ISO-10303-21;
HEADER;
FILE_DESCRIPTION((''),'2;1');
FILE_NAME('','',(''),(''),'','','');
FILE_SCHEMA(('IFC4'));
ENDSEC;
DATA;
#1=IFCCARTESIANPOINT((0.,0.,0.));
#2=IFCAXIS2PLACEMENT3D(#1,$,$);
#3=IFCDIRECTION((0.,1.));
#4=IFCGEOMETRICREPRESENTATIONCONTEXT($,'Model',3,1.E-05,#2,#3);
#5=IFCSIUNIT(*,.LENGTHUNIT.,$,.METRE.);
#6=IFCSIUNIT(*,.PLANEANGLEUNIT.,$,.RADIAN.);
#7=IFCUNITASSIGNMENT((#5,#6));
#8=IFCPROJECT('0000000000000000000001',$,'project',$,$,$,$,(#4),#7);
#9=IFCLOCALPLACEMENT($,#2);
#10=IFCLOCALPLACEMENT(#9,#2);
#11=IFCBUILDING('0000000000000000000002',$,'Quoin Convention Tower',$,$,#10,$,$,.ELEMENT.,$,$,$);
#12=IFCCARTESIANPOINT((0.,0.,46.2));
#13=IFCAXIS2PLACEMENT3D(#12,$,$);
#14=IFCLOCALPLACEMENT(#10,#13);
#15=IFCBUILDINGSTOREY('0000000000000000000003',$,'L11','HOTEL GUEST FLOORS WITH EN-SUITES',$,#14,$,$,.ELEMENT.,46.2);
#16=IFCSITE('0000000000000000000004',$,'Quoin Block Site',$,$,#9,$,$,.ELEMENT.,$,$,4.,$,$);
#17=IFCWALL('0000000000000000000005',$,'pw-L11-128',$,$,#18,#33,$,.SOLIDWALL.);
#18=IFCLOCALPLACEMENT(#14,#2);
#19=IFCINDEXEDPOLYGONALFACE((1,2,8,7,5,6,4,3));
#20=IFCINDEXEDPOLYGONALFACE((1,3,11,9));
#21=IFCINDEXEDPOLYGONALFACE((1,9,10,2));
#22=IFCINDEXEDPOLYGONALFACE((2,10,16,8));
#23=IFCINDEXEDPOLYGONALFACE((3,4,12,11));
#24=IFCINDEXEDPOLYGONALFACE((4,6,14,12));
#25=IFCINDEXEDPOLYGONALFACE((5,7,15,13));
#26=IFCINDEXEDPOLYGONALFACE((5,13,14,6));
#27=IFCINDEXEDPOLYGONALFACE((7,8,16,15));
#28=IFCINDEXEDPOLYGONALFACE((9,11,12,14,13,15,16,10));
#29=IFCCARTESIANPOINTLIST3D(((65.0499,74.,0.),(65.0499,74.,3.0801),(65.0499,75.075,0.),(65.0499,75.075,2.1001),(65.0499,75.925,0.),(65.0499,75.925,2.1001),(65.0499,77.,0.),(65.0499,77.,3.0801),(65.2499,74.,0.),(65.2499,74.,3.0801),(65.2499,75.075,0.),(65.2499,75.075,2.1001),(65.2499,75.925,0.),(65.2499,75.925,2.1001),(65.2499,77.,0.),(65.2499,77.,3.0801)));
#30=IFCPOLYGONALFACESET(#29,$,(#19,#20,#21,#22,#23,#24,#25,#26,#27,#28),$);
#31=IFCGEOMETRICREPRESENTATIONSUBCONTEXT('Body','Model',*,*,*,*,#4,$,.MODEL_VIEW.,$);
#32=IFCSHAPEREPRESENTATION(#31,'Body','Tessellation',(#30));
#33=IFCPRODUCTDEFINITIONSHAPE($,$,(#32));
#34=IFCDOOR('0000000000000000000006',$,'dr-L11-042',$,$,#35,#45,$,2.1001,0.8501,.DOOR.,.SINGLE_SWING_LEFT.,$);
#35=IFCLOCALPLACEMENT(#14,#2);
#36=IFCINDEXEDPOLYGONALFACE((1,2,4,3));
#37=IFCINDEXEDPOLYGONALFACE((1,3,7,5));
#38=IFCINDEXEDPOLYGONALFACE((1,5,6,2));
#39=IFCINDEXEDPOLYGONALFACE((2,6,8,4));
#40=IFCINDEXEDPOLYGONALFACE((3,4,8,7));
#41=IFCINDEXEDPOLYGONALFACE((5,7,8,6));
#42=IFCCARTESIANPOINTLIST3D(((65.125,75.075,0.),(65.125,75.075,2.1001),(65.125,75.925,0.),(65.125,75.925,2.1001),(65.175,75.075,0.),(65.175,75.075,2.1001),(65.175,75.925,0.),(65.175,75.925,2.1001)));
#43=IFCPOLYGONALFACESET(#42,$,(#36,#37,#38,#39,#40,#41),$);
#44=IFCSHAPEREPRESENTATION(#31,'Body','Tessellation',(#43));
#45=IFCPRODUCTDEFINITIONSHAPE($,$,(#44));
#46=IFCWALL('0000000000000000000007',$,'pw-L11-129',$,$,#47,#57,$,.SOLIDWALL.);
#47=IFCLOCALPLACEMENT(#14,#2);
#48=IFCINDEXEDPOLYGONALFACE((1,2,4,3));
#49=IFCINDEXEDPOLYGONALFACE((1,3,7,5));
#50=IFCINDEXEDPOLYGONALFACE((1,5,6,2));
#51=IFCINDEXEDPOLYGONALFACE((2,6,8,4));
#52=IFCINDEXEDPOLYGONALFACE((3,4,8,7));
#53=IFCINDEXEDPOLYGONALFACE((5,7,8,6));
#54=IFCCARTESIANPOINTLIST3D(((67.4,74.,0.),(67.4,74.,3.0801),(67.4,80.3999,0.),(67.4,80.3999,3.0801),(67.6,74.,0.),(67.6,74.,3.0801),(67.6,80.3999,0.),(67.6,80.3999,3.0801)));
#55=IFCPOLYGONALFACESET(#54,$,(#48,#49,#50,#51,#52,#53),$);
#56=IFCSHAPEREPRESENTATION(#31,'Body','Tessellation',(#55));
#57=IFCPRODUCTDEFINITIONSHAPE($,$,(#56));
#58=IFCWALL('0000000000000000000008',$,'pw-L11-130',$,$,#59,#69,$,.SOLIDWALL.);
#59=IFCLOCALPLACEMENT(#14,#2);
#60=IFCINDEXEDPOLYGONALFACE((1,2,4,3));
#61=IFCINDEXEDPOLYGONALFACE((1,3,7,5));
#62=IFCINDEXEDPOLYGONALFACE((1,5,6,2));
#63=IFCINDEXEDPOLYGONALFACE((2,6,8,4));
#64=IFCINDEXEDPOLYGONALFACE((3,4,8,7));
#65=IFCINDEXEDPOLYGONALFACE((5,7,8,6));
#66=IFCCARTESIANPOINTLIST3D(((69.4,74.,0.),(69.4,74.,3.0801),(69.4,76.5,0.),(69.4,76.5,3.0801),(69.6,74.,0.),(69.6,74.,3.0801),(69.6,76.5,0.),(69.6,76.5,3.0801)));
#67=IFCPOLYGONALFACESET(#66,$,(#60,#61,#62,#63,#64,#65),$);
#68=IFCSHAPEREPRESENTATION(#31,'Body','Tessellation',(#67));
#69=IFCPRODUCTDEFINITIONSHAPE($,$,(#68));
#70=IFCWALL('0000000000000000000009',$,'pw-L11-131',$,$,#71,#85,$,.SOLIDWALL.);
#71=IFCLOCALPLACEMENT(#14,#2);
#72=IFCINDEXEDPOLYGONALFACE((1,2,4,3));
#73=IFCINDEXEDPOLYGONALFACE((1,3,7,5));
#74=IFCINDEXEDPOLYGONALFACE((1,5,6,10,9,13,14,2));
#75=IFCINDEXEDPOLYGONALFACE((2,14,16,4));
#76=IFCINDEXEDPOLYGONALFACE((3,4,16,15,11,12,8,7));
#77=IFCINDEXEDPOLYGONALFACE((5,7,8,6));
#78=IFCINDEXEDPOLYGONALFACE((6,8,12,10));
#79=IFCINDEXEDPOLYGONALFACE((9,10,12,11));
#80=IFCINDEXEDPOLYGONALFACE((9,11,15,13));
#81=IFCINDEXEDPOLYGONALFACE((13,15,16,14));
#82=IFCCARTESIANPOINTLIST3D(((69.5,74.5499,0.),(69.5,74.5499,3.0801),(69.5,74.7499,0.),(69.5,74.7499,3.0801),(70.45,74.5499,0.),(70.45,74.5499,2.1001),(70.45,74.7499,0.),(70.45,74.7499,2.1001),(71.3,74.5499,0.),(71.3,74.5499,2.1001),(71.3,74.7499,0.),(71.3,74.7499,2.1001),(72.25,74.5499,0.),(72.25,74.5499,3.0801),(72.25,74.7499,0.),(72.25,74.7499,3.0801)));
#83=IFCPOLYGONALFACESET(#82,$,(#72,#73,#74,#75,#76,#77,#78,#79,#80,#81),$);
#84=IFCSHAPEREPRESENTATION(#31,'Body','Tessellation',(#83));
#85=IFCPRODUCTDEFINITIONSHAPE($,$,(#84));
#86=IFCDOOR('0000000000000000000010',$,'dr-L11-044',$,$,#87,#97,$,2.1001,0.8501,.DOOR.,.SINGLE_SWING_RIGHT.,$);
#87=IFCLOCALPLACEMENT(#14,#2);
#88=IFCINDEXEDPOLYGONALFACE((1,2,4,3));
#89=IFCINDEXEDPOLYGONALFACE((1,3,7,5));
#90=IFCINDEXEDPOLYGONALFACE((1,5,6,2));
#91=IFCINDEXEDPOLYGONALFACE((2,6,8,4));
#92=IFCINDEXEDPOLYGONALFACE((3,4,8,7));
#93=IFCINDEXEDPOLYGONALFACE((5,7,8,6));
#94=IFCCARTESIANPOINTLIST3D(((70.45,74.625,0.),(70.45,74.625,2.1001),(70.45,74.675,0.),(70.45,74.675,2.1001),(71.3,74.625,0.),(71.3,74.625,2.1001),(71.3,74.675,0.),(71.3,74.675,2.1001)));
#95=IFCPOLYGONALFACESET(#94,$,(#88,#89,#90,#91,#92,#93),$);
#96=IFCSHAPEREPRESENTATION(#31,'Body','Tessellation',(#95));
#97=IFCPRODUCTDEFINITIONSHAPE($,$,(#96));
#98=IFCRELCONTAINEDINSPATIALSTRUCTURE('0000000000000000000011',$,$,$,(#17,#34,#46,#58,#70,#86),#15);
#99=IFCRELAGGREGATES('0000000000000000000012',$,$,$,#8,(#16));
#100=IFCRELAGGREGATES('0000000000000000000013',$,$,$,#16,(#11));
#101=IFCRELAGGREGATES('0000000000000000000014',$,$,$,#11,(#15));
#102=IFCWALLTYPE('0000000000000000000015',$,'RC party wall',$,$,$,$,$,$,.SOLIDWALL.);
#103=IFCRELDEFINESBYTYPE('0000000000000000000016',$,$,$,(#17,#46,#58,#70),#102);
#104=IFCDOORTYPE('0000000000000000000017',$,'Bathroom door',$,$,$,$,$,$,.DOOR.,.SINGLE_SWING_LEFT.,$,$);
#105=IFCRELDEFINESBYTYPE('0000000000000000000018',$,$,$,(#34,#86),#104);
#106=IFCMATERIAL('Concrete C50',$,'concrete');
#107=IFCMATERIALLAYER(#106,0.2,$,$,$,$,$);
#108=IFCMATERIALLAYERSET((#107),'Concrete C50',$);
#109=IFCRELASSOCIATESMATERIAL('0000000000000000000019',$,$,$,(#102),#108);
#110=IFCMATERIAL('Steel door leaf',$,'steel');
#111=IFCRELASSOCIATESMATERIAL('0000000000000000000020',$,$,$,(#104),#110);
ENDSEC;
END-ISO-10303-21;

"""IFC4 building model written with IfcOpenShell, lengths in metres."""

from ifc_helpers import new_model, si_unit, direction, frame, frame_2d, origin, place, context, subcontext, project, spatial, rectangle, extrude, material, layer, layer_set, type_object, element, fill, save


model = new_model("IFC4")

# Units and contexts
model_context = context("Model", 3, precision=1e-05, world=origin(), true_north=direction((0.0, 1.0)))
body_context = subcontext(model_context, "Body", "Model", "MODEL_VIEW")
ifc_project = project(units=[si_unit("LENGTHUNIT", "METRE"), si_unit("PLANEANGLEUNIT", "RADIAN")], contexts=[model_context])

# Site, building, storey
site_placement = place(None, origin())
site = spatial("IfcSite", under=ifc_project, at=site_placement, Name="Quoin Block Site", CompositionType="ELEMENT", RefElevation=4.0)
building_placement = place(site_placement, origin())
building = spatial("IfcBuilding", under=site, at=building_placement, Name="Quoin Convention Tower", CompositionType="ELEMENT")
storey_placement = place(building_placement, frame((0.0, 0.0, 46.2)))
storey = spatial("IfcBuildingStorey", under=building, at=storey_placement, Name="L11", Description="HOTEL GUEST FLOORS WITH EN-SUITES", CompositionType="ELEMENT", Elevation=46.2)

# Shared definitions
ifc_material_1 = material(Name="Concrete C50", Category="concrete")

# Shared definitions
ifc_layer_1 = layer(ifc_material_1, 0.2)
ifc_layer_set_1 = layer_set([ifc_layer_1], Name="Concrete C50")
wall_type_1 = type_object("IfcWallType", Name="RC party wall", PredefinedType="SOLIDWALL", material=ifc_layer_set_1)
ifc_material_2 = material(Name="Steel door leaf", Category="steel")
door_type = type_object("IfcDoorType", Name="Bathroom door", OperationType="SINGLE_SWING_LEFT", PredefinedType="DOOR", material=ifc_material_2)

# Wall, opening, door
wall_1_placement = place(storey_placement, frame((65.1499, 74.0, 0.0), z_axis=(0.0, 0.0, 1.0), x_axis=(0.0, 1.0, 0.0)))
wall_1 = element("IfcWall", 1, at=wall_1_placement, inside=storey, type_object=wall_type_1, Name="pw-L11-128", PredefinedType="SOLIDWALL", context=body_context, shape_type="SweptSolid", body=[
    extrude(rectangle(XDim=3.0, YDim=0.2, at=frame_2d((1.5, 0.0))), origin(), (0.0, 0.0, 1.0), 3.0801),
])
opening_1_placement = place(wall_1_placement, frame((1.075, 0.0, 0.0)))
opening_1 = element("IfcOpeningElement", 2, at=opening_1_placement, cuts=wall_1, PredefinedType="OPENING", context=body_context, shape_type="SweptSolid", body=[
    extrude(rectangle(XDim=0.8501, YDim=2.1001, at=frame_2d((0.425, 1.05))), frame((0.0, 0.1099, 0.0), z_axis=(0.0, -1.0, 0.0), x_axis=(1.0, 0.0, 0.0)), (0.0, 0.0, 1.0), 0.22),
])
door_1_placement = place(opening_1_placement, origin())
door_1 = element("IfcDoor", 3, at=door_1_placement, inside=storey, type_object=door_type, Name="dr-L11-042", OperationType="SINGLE_SWING_LEFT", OverallHeight=2.1001, OverallWidth=0.8501, PredefinedType="DOOR", context=body_context, shape_type="SweptSolid", body=[
    extrude(rectangle(XDim=0.8501, YDim=2.1001, at=frame_2d((0.425, 1.05))), frame((0.0, 0.0249, 0.0), z_axis=(0.0, -1.0, 0.0), x_axis=(1.0, 0.0, 0.0)), (0.0, 0.0, 1.0), 0.05),
])
fill(opening_1, door_1)

# Walls
wall_2_placement = place(storey_placement, frame((67.5, 74.0, 0.0), z_axis=(0.0, 0.0, 1.0), x_axis=(0.0, 1.0, 0.0)))
element("IfcWall", 4, at=wall_2_placement, inside=storey, type_object=wall_type_1, Name="pw-L11-129", PredefinedType="SOLIDWALL", context=body_context, shape_type="SweptSolid", body=[
    extrude(rectangle(XDim=6.3999, YDim=0.2, at=frame_2d((3.2, 0.0))), origin(), (0.0, 0.0, 1.0), 3.0801),
])
wall_3_placement = place(storey_placement, frame((69.5, 74.0, 0.0), z_axis=(0.0, 0.0, 1.0), x_axis=(0.0, 1.0, 0.0)))
element("IfcWall", 5, at=wall_3_placement, inside=storey, type_object=wall_type_1, Name="pw-L11-130", PredefinedType="SOLIDWALL", context=body_context, shape_type="SweptSolid", body=[
    extrude(rectangle(XDim=2.5, YDim=0.2, at=frame_2d((1.25, 0.0))), origin(), (0.0, 0.0, 1.0), 3.0801),
])

# Wall, opening, door
wall_4_placement = place(storey_placement, frame((69.5, 74.6499, 0.0), z_axis=(0.0, 0.0, 1.0), x_axis=(1.0, 0.0, 0.0)))
wall_4 = element("IfcWall", 6, at=wall_4_placement, inside=storey, type_object=wall_type_1, Name="pw-L11-131", PredefinedType="SOLIDWALL", context=body_context, shape_type="SweptSolid", body=[
    extrude(rectangle(XDim=2.75, YDim=0.2, at=frame_2d((1.375, 0.0))), origin(), (0.0, 0.0, 1.0), 3.0801),
])
opening_2_placement = place(wall_4_placement, frame((0.95, 0.0, 0.0)))
opening_2 = element("IfcOpeningElement", 7, at=opening_2_placement, cuts=wall_4, PredefinedType="OPENING", context=body_context, shape_type="SweptSolid", body=[
    extrude(rectangle(XDim=0.8501, YDim=2.1001, at=frame_2d((0.425, 1.05))), frame((0.0, 0.1099, 0.0), z_axis=(0.0, -1.0, 0.0), x_axis=(1.0, 0.0, 0.0)), (0.0, 0.0, 1.0), 0.22),
])
door_2_placement = place(opening_2_placement, frame((0.8501, 0.0, 0.0), z_axis=(0.0, 0.0, 1.0), x_axis=(-1.0, 0.0, 0.0)))
door_2 = element("IfcDoor", 8, at=door_2_placement, inside=storey, type_object=door_type, Name="dr-L11-044", OperationType="SINGLE_SWING_RIGHT", OverallHeight=2.1001, OverallWidth=0.8501, PredefinedType="DOOR", context=body_context, shape_type="SweptSolid", body=[
    extrude(rectangle(XDim=0.8501, YDim=2.1001, at=frame_2d((0.425, 1.05))), frame((0.0, 0.0249, 0.0), z_axis=(0.0, -1.0, 0.0), x_axis=(1.0, 0.0, 0.0)), (0.0, 0.0, 1.0), 0.05),
])
fill(opening_2, door_2)

save(model, "model.ifc")
